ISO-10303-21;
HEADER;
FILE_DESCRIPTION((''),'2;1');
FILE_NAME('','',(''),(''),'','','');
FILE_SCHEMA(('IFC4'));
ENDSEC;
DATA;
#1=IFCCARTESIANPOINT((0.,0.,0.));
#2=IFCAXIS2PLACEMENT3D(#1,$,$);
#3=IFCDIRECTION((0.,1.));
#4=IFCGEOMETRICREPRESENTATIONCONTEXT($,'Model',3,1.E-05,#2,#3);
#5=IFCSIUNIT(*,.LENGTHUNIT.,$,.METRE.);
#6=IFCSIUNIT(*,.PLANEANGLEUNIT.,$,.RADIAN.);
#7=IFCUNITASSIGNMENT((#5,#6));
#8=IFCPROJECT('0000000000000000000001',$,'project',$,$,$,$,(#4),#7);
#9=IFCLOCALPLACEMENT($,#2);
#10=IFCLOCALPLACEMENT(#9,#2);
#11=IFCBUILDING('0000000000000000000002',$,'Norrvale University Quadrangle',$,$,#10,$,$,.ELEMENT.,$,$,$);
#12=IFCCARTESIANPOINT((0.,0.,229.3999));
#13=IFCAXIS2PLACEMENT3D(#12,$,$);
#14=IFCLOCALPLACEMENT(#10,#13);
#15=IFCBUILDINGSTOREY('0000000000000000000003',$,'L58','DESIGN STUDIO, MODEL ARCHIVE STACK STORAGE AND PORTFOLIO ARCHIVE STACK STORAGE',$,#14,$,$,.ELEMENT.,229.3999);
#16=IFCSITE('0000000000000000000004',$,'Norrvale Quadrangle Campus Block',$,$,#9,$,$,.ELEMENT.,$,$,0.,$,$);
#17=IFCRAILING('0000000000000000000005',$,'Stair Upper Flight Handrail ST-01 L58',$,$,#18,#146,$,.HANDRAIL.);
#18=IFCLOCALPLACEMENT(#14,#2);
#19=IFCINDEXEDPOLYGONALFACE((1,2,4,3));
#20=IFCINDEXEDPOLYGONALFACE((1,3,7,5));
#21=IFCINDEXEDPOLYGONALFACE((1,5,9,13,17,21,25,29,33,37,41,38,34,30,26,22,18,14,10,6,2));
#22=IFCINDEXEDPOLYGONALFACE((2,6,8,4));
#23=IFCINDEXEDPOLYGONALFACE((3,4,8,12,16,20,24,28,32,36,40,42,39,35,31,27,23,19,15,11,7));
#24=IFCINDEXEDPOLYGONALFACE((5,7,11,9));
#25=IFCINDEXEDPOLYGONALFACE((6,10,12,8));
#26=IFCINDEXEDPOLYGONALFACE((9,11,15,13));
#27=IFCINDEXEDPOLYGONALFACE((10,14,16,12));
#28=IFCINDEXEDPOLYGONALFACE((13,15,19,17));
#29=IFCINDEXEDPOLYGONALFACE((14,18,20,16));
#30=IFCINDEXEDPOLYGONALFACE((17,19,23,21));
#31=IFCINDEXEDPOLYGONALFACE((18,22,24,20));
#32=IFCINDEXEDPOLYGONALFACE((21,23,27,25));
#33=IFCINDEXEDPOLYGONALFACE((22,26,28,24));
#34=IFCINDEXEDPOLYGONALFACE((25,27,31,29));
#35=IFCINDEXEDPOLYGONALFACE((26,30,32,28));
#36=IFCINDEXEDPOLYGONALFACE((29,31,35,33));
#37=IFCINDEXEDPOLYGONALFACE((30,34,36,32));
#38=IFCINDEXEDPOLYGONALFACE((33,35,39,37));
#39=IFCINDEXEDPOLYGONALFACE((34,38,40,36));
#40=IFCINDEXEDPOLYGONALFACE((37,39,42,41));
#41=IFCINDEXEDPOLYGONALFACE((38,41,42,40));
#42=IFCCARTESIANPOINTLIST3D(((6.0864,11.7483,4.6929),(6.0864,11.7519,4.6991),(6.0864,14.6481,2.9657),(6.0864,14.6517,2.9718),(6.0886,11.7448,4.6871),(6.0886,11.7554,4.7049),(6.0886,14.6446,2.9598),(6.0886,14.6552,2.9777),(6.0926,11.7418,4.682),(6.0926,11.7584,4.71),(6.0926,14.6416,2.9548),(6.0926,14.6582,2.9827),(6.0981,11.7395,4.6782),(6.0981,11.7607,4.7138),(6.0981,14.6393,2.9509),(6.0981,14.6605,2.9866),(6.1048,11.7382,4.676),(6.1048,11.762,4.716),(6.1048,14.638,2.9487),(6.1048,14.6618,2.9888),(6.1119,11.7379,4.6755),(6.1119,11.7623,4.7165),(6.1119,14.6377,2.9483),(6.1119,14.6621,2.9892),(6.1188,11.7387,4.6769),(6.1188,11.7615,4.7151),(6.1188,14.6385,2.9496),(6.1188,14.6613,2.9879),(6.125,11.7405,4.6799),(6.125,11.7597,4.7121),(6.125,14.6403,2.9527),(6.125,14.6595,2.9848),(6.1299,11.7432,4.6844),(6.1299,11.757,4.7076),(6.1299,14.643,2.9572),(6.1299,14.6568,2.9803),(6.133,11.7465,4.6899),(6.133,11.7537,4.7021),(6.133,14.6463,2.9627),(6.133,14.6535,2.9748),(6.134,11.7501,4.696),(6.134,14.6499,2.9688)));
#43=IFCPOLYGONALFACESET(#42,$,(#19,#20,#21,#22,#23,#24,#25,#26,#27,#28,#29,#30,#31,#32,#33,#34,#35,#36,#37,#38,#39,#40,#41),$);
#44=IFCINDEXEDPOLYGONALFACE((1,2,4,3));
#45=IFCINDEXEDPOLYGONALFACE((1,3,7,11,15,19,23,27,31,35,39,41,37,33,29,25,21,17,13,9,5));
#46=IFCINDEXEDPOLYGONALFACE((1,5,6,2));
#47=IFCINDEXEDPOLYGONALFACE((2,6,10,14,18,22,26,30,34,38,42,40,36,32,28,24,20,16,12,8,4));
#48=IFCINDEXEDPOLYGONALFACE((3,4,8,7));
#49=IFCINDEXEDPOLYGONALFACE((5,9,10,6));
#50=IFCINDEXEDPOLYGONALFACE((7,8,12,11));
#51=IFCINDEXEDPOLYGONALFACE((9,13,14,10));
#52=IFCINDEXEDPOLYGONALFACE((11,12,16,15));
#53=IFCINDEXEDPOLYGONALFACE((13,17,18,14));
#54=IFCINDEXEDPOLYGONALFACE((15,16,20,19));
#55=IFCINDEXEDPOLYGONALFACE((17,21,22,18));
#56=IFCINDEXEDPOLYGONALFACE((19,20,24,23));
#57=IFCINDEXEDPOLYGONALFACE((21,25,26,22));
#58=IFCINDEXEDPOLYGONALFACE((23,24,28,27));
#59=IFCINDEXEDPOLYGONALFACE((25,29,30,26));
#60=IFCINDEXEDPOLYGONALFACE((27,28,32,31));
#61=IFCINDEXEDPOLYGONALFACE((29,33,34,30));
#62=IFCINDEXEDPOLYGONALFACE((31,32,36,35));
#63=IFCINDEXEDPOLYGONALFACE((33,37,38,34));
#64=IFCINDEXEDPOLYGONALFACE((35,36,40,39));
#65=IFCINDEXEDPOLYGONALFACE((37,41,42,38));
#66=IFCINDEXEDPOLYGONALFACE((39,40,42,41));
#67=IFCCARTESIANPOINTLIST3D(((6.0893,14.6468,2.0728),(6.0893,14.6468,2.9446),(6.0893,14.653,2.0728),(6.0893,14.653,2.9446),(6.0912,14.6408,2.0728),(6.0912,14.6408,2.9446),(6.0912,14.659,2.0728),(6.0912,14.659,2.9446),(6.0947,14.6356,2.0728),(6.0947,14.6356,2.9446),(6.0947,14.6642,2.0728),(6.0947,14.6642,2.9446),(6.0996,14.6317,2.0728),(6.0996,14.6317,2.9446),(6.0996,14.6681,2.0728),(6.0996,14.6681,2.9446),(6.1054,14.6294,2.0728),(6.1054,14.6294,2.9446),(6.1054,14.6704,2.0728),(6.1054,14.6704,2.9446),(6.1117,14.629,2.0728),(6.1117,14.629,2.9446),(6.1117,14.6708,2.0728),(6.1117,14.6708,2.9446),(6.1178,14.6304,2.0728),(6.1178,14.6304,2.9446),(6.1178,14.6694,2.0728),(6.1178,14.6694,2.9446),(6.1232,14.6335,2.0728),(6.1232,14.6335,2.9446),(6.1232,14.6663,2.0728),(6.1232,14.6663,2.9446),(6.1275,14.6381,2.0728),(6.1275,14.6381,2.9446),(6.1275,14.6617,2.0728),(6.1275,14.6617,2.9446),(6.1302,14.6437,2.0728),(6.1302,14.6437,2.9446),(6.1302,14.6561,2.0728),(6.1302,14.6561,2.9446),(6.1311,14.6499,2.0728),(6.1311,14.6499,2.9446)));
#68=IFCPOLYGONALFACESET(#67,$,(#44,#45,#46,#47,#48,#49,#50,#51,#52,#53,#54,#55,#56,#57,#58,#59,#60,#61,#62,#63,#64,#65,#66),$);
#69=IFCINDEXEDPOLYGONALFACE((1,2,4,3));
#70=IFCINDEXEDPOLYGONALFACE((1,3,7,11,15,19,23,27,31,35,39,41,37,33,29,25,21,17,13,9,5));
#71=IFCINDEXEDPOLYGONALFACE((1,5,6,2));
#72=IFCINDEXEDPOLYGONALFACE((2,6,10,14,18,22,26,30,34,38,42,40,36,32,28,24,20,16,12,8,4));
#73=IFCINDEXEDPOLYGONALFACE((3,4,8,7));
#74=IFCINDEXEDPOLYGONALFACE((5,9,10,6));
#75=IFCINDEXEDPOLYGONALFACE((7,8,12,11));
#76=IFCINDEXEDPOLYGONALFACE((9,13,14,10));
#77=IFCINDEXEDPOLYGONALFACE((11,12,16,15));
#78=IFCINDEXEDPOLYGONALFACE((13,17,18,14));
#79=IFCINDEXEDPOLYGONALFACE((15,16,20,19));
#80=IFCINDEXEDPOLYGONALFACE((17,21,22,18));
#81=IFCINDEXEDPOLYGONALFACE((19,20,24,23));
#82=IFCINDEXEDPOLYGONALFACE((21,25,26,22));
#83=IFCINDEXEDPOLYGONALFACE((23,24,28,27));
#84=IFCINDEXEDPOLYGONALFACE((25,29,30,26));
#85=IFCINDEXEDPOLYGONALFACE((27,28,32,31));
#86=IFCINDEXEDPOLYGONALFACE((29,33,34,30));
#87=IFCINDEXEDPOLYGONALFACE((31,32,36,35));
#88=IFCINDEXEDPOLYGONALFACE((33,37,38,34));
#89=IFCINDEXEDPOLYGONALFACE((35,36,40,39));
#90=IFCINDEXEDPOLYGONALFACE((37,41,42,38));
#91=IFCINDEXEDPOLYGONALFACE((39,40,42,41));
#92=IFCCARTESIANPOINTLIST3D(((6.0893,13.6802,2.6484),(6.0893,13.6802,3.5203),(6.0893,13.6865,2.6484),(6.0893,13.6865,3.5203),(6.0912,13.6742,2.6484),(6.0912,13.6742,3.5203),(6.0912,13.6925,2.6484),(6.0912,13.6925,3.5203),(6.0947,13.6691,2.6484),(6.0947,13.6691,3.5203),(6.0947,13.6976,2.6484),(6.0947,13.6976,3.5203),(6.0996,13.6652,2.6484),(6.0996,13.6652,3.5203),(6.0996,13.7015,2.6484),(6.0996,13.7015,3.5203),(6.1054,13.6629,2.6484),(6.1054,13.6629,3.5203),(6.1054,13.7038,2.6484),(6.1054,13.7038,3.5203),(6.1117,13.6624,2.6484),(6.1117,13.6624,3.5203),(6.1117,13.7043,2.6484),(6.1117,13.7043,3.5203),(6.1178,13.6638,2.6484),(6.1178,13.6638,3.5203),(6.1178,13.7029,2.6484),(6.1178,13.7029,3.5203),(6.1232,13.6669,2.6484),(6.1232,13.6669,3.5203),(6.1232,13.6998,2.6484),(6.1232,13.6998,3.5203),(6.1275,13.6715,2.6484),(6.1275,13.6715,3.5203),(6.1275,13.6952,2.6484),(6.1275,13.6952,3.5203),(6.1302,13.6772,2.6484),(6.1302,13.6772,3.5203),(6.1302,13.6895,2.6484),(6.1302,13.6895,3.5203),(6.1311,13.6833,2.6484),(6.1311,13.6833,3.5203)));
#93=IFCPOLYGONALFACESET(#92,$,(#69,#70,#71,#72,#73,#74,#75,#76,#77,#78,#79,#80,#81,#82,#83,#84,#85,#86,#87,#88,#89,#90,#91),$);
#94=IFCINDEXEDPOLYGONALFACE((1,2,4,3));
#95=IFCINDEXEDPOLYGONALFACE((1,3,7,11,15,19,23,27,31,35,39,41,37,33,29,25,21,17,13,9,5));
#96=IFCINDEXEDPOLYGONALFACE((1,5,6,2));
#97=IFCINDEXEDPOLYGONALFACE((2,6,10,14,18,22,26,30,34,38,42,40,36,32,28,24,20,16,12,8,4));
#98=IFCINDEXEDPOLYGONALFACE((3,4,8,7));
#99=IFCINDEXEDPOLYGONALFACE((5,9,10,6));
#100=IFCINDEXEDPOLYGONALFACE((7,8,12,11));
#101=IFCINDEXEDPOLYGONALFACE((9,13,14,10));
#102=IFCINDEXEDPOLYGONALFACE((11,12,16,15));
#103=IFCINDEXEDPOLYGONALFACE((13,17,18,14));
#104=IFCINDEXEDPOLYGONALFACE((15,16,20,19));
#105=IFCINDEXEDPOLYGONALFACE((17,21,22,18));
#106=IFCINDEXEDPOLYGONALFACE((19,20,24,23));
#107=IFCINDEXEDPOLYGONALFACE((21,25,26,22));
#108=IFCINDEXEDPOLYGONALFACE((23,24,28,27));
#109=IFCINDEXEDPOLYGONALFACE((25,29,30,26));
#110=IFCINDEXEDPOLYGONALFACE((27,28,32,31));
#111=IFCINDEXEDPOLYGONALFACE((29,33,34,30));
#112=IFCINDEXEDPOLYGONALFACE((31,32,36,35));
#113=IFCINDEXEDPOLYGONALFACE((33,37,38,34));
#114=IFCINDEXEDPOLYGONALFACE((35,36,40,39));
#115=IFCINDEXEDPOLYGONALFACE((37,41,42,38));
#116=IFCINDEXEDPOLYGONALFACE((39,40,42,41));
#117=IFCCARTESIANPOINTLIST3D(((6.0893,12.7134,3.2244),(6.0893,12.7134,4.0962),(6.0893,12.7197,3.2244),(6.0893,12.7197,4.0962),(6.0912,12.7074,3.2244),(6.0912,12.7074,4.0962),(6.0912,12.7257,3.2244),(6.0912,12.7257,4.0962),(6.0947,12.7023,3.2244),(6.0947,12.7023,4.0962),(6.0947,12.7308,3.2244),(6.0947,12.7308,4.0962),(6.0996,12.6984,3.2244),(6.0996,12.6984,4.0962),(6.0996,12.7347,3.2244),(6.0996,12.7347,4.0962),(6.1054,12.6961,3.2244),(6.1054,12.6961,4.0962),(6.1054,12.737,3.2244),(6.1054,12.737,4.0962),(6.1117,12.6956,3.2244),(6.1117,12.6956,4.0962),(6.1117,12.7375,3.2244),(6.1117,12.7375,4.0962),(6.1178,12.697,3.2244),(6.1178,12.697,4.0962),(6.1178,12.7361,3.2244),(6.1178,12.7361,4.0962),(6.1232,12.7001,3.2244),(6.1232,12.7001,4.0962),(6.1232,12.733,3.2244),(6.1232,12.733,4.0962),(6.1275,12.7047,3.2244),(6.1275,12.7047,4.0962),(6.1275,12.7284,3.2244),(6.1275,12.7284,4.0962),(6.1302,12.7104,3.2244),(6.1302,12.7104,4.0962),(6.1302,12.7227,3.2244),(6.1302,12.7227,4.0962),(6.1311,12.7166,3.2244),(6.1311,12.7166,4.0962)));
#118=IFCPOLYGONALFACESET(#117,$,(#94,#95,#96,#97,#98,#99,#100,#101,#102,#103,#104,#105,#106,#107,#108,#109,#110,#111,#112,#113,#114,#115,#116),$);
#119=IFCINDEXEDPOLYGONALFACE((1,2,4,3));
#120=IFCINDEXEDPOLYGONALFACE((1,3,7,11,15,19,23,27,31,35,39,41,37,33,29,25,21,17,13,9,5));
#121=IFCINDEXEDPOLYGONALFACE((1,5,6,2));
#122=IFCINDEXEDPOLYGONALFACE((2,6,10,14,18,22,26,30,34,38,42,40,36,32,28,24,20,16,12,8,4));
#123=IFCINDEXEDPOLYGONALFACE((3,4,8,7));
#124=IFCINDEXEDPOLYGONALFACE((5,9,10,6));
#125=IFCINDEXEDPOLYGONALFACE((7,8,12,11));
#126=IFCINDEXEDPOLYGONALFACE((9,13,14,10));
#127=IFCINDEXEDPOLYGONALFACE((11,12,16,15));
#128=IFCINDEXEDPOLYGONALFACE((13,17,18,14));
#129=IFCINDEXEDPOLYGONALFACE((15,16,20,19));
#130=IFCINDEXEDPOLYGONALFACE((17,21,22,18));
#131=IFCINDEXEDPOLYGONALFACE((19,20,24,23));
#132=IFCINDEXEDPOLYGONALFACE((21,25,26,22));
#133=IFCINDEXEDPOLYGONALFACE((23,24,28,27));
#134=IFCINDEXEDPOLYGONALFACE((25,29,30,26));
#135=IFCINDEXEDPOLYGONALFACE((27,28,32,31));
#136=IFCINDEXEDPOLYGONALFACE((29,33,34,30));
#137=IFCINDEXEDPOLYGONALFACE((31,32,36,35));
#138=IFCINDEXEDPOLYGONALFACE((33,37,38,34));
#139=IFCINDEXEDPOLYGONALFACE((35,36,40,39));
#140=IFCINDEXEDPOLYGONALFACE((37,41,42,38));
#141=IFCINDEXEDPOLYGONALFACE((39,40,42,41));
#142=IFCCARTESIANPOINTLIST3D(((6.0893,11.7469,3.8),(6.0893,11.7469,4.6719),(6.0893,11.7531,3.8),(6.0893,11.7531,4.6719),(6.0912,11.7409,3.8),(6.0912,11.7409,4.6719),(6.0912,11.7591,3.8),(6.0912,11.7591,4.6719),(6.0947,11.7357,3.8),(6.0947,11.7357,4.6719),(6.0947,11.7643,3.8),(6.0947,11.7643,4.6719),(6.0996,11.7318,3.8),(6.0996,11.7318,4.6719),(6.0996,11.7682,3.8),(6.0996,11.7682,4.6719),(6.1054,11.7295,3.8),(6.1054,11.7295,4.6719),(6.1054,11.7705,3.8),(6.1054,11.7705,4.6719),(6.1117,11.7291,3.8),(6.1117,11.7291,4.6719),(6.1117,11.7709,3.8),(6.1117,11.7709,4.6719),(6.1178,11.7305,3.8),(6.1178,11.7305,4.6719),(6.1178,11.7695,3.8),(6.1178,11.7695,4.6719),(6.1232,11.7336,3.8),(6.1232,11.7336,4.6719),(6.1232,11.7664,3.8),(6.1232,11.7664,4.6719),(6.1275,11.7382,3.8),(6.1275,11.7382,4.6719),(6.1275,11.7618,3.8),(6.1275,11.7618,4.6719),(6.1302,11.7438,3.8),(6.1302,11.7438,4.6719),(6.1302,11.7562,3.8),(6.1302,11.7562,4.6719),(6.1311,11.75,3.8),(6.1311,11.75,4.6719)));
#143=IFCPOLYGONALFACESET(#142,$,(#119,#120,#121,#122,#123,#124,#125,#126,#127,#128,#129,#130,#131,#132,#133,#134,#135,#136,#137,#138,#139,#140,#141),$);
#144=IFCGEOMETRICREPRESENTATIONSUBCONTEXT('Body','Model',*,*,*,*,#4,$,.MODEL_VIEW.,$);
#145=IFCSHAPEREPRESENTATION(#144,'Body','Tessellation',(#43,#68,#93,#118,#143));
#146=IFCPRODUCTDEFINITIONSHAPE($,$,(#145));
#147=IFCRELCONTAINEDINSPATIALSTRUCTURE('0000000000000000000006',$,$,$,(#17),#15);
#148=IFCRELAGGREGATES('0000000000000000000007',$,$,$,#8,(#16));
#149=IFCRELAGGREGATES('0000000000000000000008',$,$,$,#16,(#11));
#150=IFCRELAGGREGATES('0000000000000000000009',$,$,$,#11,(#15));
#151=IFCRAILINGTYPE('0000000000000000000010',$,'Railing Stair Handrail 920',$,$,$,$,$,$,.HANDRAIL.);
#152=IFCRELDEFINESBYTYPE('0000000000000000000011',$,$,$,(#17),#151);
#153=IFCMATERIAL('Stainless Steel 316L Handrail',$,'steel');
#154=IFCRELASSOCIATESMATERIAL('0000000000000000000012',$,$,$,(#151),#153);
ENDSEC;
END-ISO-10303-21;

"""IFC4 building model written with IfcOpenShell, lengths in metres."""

from ifc_helpers import new_model, si_unit, direction, frame, origin, origin_2d, place, context, subcontext, project, spatial, circle, extrude, material, type_object, element, save


model = new_model("IFC4")

# Units and contexts
model_context = context("Model", 3, precision=1e-05, world=origin(), true_north=direction((0.0, 1.0)))
body_context = subcontext(model_context, "Body", "Model", "MODEL_VIEW")
ifc_project = project(units=[si_unit("LENGTHUNIT", "METRE"), si_unit("PLANEANGLEUNIT", "RADIAN")], contexts=[model_context])

# Site, building, storey
site_placement = place(None, origin())
site = spatial("IfcSite", under=ifc_project, at=site_placement, Name="Norrvale Quadrangle Campus Block", CompositionType="ELEMENT", RefElevation=0.0)
building_placement = place(site_placement, origin())
building = spatial("IfcBuilding", under=site, at=building_placement, Name="Norrvale University Quadrangle", CompositionType="ELEMENT")
storey_placement = place(building_placement, frame((0.0, 0.0, 229.3999)))
storey = spatial("IfcBuildingStorey", under=building, at=storey_placement, Name="L58", Description="DESIGN STUDIO, MODEL ARCHIVE STACK STORAGE AND PORTFOLIO ARCHIVE STACK STORAGE", CompositionType="ELEMENT", Elevation=229.3999)

# Railing
ifc_material_1 = material(Name="Stainless Steel 316L Handrail", Category="steel")
railing_type_1 = type_object("IfcRailingType", Name="Railing Stair Handrail 920", PredefinedType="HANDRAIL", material=ifc_material_1)
railing_1_placement = place(storey_placement, frame((6.1101, 14.6499, 2.0728)))
element("IfcRailing", 1, at=railing_1_placement, inside=storey, type_object=railing_type_1, Name="Stair Upper Flight Handrail ST-01 L58", PredefinedType="HANDRAIL", context=body_context, shape_type="SweptSolid", body=[
    extrude(circle(Radius=0.0239, at=origin_2d()), frame((0.0, 0.0, 0.896), z_axis=(0.0, -0.859141, 0.511738), x_axis=(1.0, 0.0, 0.0)), (0.0, 0.0, 1.0), 3.3752),
    extrude(circle(Radius=0.021, at=origin_2d()), origin(), (0.0, 0.0, 1.0), 0.8718),
    extrude(circle(Radius=0.021, at=origin_2d()), frame((0.0, -0.9666, 0.5757)), (0.0, 0.0, 1.0), 0.8718),
    extrude(circle(Radius=0.021, at=origin_2d()), frame((0.0, -1.9333, 1.1516)), (0.0, 0.0, 1.0), 0.8718),
    extrude(circle(Radius=0.021, at=origin_2d()), frame((0.0, -2.8999, 1.7273)), (0.0, 0.0, 1.0), 0.8718),
])

save(model, "model.ifc")
